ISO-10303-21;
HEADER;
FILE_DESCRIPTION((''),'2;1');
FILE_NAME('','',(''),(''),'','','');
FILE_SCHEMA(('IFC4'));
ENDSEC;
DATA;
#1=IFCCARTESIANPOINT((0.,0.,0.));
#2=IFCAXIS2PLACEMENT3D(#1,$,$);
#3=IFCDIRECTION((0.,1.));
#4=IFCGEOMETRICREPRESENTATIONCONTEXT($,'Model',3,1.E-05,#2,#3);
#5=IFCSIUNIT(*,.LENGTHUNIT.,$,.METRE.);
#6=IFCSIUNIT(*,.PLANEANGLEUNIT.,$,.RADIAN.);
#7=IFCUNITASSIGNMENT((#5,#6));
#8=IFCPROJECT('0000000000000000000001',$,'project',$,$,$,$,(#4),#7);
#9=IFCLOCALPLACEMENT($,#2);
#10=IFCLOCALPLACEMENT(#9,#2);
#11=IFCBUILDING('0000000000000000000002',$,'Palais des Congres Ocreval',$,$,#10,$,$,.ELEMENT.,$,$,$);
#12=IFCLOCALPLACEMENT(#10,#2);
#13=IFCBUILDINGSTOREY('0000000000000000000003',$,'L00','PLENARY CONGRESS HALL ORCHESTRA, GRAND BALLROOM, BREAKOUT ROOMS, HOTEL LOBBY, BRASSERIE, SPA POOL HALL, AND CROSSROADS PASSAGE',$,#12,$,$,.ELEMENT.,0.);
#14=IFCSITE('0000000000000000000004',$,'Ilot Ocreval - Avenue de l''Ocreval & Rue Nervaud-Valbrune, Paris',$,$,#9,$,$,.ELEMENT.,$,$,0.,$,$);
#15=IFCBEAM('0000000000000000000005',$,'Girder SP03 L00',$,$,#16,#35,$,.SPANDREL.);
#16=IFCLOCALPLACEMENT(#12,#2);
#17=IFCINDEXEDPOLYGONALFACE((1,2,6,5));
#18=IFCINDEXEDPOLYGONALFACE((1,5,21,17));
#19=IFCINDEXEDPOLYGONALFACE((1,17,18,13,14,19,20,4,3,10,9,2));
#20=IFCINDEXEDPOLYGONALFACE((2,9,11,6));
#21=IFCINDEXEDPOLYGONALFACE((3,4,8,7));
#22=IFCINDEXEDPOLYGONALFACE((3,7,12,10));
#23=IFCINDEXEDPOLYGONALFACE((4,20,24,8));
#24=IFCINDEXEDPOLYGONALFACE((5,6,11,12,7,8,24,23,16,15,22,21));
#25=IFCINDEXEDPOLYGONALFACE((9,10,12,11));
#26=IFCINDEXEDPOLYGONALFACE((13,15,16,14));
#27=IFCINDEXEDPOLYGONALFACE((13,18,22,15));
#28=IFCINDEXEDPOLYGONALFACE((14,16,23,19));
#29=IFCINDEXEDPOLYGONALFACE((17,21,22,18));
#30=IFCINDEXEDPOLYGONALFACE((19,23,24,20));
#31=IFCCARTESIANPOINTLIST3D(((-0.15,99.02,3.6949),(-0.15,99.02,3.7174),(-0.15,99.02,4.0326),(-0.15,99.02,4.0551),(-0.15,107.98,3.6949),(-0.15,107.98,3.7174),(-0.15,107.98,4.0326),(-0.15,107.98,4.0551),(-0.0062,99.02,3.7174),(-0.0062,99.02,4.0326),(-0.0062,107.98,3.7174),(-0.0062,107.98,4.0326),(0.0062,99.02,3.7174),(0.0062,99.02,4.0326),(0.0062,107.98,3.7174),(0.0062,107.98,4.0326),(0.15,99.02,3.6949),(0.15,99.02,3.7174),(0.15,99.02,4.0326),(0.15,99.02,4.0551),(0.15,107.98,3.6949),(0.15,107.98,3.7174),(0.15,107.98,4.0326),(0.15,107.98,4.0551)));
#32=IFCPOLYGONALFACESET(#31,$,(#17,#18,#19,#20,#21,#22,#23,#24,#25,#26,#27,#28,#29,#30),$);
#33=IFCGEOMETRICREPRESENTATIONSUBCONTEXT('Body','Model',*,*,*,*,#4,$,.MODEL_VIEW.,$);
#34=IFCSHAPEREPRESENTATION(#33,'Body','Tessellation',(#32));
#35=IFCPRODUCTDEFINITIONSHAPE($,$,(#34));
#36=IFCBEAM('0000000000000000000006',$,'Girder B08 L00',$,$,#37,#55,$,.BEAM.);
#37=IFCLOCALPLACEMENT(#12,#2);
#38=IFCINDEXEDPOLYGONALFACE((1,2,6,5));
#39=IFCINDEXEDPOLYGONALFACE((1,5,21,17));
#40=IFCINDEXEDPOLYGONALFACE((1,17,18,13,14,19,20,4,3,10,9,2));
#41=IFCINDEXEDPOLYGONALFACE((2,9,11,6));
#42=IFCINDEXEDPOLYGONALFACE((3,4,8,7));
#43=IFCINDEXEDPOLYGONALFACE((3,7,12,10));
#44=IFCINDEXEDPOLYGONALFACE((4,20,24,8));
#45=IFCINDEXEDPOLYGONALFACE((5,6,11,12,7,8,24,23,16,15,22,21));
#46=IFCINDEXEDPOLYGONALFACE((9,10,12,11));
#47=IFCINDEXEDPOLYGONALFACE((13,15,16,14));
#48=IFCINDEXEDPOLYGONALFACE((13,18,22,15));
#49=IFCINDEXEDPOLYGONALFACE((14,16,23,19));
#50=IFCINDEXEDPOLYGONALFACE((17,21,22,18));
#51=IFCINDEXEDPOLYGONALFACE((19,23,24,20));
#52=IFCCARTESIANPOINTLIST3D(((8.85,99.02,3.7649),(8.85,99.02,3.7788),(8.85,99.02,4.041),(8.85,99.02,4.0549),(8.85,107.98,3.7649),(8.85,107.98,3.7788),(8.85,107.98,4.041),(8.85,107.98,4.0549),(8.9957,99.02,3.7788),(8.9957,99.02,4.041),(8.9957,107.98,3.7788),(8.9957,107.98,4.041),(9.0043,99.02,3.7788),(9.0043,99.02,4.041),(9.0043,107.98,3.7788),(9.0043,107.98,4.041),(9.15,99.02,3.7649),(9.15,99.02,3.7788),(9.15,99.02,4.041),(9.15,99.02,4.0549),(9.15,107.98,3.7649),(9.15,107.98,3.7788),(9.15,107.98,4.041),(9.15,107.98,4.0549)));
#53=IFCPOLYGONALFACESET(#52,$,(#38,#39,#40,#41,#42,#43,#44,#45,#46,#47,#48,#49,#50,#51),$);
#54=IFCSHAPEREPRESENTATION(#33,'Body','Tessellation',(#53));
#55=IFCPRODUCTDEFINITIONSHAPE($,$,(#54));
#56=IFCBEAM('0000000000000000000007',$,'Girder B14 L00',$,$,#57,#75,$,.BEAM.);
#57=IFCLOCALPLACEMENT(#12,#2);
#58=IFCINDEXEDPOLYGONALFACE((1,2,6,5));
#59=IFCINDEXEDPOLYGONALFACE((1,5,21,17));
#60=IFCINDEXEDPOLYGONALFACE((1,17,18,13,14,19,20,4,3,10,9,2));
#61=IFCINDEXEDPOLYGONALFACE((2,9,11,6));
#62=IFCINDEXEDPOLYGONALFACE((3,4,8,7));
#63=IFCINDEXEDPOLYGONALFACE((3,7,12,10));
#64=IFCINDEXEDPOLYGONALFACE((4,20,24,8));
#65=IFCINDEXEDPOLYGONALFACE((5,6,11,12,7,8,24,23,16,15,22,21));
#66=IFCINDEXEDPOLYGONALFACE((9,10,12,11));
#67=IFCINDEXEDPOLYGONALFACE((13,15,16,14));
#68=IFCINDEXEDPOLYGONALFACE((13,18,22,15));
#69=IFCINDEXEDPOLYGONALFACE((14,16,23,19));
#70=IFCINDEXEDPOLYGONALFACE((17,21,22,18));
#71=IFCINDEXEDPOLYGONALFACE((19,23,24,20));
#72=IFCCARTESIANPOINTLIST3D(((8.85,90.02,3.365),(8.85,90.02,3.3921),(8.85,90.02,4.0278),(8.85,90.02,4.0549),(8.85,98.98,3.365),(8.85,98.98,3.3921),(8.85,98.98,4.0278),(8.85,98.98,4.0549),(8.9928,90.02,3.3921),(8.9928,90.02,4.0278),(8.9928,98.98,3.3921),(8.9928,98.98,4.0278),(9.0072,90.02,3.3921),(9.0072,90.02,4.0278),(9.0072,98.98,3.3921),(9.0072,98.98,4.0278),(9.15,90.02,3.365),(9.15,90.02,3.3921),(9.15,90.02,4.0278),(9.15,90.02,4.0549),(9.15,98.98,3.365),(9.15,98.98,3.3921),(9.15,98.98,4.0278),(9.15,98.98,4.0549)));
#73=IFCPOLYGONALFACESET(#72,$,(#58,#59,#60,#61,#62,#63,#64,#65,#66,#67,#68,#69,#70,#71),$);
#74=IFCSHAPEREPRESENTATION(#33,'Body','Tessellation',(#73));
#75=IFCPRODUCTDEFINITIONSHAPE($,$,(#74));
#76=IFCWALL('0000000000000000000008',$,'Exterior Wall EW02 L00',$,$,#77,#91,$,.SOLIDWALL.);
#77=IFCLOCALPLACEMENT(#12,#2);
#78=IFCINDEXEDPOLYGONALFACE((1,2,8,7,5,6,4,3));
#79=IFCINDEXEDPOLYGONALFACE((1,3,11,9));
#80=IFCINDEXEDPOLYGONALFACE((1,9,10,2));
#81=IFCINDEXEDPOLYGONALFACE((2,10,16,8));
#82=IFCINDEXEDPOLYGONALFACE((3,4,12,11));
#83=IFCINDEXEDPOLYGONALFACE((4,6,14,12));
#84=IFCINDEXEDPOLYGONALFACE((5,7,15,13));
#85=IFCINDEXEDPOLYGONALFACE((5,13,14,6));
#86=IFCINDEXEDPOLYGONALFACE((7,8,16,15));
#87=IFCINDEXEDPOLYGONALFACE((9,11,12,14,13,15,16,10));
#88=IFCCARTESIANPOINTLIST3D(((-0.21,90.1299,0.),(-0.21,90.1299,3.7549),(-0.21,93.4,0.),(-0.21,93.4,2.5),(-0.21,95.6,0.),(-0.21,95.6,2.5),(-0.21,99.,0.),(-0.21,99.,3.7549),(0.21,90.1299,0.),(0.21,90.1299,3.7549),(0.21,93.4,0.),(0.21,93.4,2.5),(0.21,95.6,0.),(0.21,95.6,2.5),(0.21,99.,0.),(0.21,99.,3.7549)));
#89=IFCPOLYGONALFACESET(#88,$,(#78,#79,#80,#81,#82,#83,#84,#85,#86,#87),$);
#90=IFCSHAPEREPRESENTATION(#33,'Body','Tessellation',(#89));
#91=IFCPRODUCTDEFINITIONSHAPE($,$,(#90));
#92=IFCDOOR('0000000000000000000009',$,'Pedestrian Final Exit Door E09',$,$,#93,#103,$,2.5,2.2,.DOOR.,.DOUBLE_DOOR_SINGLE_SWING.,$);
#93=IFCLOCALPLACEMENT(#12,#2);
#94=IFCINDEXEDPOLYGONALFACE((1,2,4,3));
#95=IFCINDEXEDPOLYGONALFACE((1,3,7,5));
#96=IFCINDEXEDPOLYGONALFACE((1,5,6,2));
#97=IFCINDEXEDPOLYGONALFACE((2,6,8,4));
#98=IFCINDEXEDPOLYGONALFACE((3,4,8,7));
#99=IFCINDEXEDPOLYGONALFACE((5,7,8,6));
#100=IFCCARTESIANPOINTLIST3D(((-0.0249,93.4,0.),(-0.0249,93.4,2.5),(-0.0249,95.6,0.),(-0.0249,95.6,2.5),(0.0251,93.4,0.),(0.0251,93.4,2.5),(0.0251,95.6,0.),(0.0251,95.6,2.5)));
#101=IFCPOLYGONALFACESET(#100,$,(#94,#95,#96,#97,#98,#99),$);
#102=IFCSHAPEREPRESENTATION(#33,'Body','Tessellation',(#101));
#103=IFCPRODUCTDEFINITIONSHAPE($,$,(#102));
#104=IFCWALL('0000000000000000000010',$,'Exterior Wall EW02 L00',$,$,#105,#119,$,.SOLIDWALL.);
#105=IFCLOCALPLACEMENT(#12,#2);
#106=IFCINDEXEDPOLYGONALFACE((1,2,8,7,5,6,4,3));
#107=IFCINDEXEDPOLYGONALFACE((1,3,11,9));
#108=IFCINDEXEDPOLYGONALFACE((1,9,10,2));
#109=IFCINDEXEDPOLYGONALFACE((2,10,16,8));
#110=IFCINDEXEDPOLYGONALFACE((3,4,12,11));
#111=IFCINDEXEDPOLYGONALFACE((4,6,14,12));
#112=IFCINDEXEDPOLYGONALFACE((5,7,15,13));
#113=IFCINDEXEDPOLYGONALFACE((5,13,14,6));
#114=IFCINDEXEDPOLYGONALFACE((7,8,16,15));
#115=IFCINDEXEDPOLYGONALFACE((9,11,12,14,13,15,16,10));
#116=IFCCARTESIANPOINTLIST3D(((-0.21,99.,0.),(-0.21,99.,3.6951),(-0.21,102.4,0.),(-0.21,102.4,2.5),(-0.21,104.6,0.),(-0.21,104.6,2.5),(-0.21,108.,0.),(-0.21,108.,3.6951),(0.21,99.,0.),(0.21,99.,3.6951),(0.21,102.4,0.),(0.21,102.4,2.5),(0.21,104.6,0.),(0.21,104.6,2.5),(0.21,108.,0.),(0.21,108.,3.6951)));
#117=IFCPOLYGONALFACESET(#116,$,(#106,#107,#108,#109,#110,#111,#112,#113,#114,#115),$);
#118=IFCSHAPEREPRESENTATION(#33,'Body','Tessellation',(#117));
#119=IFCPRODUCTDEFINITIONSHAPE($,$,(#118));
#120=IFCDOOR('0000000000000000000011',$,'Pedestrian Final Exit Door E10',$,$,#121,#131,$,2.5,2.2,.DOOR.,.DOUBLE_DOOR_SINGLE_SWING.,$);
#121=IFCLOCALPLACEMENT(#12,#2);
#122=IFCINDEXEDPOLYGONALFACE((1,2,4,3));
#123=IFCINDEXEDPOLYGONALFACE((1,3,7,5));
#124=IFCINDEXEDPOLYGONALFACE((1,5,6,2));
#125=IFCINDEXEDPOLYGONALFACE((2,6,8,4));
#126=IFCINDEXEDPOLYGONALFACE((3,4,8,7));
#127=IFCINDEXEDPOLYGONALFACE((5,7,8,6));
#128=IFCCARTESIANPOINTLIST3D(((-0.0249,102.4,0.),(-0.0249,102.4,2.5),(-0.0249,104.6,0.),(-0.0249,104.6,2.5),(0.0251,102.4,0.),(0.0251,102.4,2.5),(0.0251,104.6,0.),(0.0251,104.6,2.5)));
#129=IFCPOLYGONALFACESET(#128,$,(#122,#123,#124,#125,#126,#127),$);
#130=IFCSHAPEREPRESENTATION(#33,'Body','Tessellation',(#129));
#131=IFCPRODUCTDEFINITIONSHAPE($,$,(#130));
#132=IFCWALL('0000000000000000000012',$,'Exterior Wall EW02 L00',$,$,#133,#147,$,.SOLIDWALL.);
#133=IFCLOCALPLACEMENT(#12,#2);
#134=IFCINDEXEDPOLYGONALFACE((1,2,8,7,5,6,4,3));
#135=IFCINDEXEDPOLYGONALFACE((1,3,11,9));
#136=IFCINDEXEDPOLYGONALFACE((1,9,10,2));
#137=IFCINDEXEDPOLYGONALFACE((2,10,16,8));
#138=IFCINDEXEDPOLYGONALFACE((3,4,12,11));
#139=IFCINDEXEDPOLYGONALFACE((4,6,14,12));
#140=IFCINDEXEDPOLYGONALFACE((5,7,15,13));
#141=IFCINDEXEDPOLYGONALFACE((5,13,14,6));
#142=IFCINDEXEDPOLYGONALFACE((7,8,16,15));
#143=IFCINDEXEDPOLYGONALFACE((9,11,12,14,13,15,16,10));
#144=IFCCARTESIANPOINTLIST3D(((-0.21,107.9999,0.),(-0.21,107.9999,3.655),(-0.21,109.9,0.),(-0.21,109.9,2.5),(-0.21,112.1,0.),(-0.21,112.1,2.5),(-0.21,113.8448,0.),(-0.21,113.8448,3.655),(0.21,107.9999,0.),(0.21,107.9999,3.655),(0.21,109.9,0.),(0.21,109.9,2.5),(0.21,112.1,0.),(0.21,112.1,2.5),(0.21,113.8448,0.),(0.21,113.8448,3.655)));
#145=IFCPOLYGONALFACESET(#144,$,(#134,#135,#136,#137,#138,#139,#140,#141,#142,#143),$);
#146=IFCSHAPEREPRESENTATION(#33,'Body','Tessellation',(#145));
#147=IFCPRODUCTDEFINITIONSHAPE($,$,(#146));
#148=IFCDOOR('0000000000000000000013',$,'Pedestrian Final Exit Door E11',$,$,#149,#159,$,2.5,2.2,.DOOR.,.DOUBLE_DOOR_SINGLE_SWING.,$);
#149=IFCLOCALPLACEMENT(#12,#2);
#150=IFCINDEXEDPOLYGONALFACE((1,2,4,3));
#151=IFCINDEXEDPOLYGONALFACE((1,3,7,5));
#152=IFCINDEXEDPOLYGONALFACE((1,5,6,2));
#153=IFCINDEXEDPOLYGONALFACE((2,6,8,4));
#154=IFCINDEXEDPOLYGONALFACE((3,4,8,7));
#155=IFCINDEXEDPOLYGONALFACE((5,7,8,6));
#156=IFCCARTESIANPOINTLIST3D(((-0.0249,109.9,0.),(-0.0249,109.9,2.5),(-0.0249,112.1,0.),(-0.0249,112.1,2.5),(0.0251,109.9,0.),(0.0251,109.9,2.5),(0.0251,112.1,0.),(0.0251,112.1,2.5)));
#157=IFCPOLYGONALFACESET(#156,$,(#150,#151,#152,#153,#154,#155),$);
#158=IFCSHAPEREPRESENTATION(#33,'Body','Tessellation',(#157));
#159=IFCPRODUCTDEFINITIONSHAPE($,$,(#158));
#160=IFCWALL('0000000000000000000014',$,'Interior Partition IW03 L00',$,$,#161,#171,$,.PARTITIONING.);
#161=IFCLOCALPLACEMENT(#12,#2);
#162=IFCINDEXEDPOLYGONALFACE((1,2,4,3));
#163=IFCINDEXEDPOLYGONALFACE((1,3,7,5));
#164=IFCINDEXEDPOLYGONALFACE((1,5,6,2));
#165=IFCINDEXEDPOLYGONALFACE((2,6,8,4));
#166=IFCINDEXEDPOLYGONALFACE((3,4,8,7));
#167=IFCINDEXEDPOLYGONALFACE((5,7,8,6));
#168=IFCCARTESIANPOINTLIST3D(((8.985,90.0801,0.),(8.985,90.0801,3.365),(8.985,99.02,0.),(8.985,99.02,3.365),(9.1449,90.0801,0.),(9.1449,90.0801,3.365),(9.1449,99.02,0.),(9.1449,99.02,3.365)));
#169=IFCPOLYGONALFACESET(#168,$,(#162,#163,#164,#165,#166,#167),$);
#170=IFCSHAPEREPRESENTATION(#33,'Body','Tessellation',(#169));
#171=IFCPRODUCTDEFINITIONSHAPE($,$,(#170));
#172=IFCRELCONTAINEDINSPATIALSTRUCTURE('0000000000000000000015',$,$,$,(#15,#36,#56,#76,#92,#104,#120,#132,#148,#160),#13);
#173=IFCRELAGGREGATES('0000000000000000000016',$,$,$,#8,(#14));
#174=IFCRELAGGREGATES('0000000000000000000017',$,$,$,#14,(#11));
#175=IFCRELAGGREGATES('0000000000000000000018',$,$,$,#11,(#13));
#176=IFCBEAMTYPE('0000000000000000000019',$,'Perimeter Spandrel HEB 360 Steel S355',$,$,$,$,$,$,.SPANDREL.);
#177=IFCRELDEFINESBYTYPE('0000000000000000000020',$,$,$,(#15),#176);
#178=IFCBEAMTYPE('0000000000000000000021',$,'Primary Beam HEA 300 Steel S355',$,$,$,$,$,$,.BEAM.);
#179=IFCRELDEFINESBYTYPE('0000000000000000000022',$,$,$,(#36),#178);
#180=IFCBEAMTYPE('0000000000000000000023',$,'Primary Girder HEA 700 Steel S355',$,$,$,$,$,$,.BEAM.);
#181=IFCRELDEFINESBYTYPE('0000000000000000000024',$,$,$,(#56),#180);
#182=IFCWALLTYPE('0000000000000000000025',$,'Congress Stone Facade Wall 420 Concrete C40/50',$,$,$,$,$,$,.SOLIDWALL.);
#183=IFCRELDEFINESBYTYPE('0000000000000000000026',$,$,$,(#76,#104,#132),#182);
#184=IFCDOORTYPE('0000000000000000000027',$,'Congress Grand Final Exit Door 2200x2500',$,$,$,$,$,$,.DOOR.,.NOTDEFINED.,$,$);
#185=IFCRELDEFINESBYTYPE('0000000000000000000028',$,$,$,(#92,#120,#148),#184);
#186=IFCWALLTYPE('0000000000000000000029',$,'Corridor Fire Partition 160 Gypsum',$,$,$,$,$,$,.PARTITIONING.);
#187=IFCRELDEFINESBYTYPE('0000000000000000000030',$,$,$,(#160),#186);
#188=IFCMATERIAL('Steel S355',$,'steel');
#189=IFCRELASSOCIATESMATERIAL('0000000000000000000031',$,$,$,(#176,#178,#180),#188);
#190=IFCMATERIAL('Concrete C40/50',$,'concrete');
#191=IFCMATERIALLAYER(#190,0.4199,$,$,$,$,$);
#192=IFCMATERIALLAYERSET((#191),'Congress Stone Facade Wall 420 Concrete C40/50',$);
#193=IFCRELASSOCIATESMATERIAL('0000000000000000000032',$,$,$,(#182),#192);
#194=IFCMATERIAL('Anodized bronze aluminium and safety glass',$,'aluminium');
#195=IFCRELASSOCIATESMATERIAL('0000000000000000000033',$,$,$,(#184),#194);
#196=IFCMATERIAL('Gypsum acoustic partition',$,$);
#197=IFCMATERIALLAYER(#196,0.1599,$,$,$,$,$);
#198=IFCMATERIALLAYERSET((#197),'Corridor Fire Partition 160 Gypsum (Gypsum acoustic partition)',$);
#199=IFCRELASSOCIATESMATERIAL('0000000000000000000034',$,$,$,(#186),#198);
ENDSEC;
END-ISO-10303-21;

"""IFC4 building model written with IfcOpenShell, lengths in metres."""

from ifc_helpers import new_model, si_unit, direction, frame, frame_2d, origin, origin_2d, place, context, subcontext, project, spatial, rectangle, i_section, extrude, material, layer, layer_set, material_profile, profile_set, type_object, element, fill, save


model = new_model("IFC4")

# Units and contexts
model_context = context("Model", 3, precision=1e-05, world=origin(), true_north=direction((0.0, 1.0)))
body_context = subcontext(model_context, "Body", "Model", "MODEL_VIEW")
ifc_project = project(units=[si_unit("LENGTHUNIT", "METRE"), si_unit("PLANEANGLEUNIT", "RADIAN")], contexts=[model_context])

# Site, building, storey
site_placement = place(None, origin())
site = spatial("IfcSite", under=ifc_project, at=site_placement, Name="Ilot Ocreval - Avenue de l'Ocreval & Rue Nervaud-Valbrune, Paris", CompositionType="ELEMENT", RefElevation=0.0)
building_placement = place(site_placement, origin())
building = spatial("IfcBuilding", under=site, at=building_placement, Name="Palais des Congres Ocreval", CompositionType="ELEMENT")
storey_placement = place(building_placement, origin())
storey = spatial("IfcBuildingStorey", under=building, at=storey_placement, Name="L00", Description="PLENARY CONGRESS HALL ORCHESTRA, GRAND BALLROOM, BREAKOUT ROOMS, HOTEL LOBBY, BRASSERIE, SPA POOL HALL, AND CROSSROADS PASSAGE", CompositionType="ELEMENT", Elevation=0.0)

# Shared definitions
ifc_material_1 = material(Name="Steel S355", Category="steel")

# Beams
ifc_material_profile_1 = material_profile(ifc_material_1, i_section(OverallWidth=0.3, OverallDepth=0.3601, WebThickness=0.0125, FlangeThickness=0.0225, at=origin_2d()), Name="HEB 360")
ifc_profile_set_1 = profile_set([ifc_material_profile_1], Name="Steel S355")
beam_type_1 = type_object("IfcBeamType", Name="Perimeter Spandrel HEB 360 Steel S355", PredefinedType="SPANDREL", material=ifc_profile_set_1)
beam_1_placement = place(storey_placement, frame((0.0, 99.02, 3.875), z_axis=(0.0, 1.0, 0.0), x_axis=(-1.0, 0.0, 0.0)))
element("IfcBeam", 1, at=beam_1_placement, inside=storey, type_object=beam_type_1, Name="Girder SP03 L00", PredefinedType="SPANDREL", context=body_context, shape_type="SweptSolid", body=[
    extrude(i_section(OverallWidth=0.3, OverallDepth=0.3601, WebThickness=0.0125, FlangeThickness=0.0225, at=origin_2d()), origin(), (0.0, 0.0, 1.0), 8.96),
])
ifc_material_profile_2 = material_profile(ifc_material_1, i_section(OverallWidth=0.3, OverallDepth=0.29, WebThickness=0.0085, FlangeThickness=0.0139, at=origin_2d()), Name="HEA 300")
ifc_profile_set_2 = profile_set([ifc_material_profile_2], Name="Steel S355")
beam_type_2 = type_object("IfcBeamType", Name="Primary Beam HEA 300 Steel S355", PredefinedType="BEAM", material=ifc_profile_set_2)
beam_2_placement = place(storey_placement, frame((9.0, 99.02, 3.9099), z_axis=(0.0, 1.0, 0.0), x_axis=(-1.0, 0.0, 0.0)))
element("IfcBeam", 2, at=beam_2_placement, inside=storey, type_object=beam_type_2, Name="Girder B08 L00", PredefinedType="BEAM", context=body_context, shape_type="SweptSolid", body=[
    extrude(i_section(OverallWidth=0.3, OverallDepth=0.29, WebThickness=0.0085, FlangeThickness=0.0139, at=origin_2d()), origin(), (0.0, 0.0, 1.0), 8.96),
])
ifc_material_profile_3 = material_profile(ifc_material_1, i_section(OverallWidth=0.3, OverallDepth=0.6899, WebThickness=0.0144, FlangeThickness=0.0271, at=origin_2d()), Name="HEA 700")
ifc_profile_set_3 = profile_set([ifc_material_profile_3], Name="Steel S355")
beam_type_3 = type_object("IfcBeamType", Name="Primary Girder HEA 700 Steel S355", PredefinedType="BEAM", material=ifc_profile_set_3)
beam_3_placement = place(storey_placement, frame((9.0, 90.02, 3.71), z_axis=(0.0, 1.0, 0.0), x_axis=(-1.0, 0.0, 0.0)))
element("IfcBeam", 3, at=beam_3_placement, inside=storey, type_object=beam_type_3, Name="Girder B14 L00", PredefinedType="BEAM", context=body_context, shape_type="SweptSolid", body=[
    extrude(i_section(OverallWidth=0.3, OverallDepth=0.6899, WebThickness=0.0144, FlangeThickness=0.0271, at=origin_2d()), origin(), (0.0, 0.0, 1.0), 8.96),
])

# Walls, openings, doors
ifc_material_2 = material(Name="Concrete C40/50", Category="concrete")
ifc_layer_1 = layer(ifc_material_2, 0.4199)
ifc_layer_set_1 = layer_set([ifc_layer_1], Name="Congress Stone Facade Wall 420 Concrete C40/50")
wall_type_1 = type_object("IfcWallType", Name="Congress Stone Facade Wall 420 Concrete C40/50", PredefinedType="SOLIDWALL", material=ifc_layer_set_1)
wall_1_placement = place(storey_placement, frame((0.0, 90.1299, 0.0), z_axis=(0.0, 0.0, 1.0), x_axis=(0.0, 1.0, 0.0)))
wall_1 = element("IfcWall", 4, at=wall_1_placement, inside=storey, type_object=wall_type_1, Name="Exterior Wall EW02 L00", PredefinedType="SOLIDWALL", context=body_context, shape_type="SweptSolid", body=[
    extrude(rectangle(XDim=8.8701, YDim=0.4199, at=frame_2d((4.4351, 0.0))), origin(), (0.0, 0.0, 1.0), 3.7549),
])
opening_1_placement = place(wall_1_placement, frame((3.27, 0.0, 0.0)))
opening_1 = element("IfcOpeningElement", 5, at=opening_1_placement, cuts=wall_1, PredefinedType="OPENING", context=body_context, shape_type="SweptSolid", body=[
    extrude(rectangle(XDim=2.2, YDim=2.5, at=frame_2d((1.1001, 1.25))), frame((0.0, 0.22, 0.0), z_axis=(0.0, -1.0, 0.0), x_axis=(1.0, 0.0, 0.0)), (0.0, 0.0, 1.0), 0.4399),
])
ifc_material_3 = material(Name="Anodized bronze aluminium and safety glass", Category="aluminium")
door_type_1 = type_object("IfcDoorType", Name="Congress Grand Final Exit Door 2200x2500", OperationType="NOTDEFINED", PredefinedType="DOOR", material=ifc_material_3)
door_1_placement = place(opening_1_placement, origin())
door_1 = element("IfcDoor", 6, at=door_1_placement, inside=storey, type_object=door_type_1, Name="Pedestrian Final Exit Door E09", OperationType="DOUBLE_DOOR_SINGLE_SWING", OverallHeight=2.5, OverallWidth=2.2, PredefinedType="DOOR", context=body_context, shape_type="SweptSolid", body=[
    extrude(rectangle(XDim=2.2, YDim=2.5, at=frame_2d((1.1001, 1.25))), frame((0.0, 0.0249, 0.0), z_axis=(0.0, -1.0, 0.0), x_axis=(1.0, 0.0, 0.0)), (0.0, 0.0, 1.0), 0.05),
])
fill(opening_1, door_1)
wall_2_placement = place(storey_placement, frame((0.0, 99.0, 0.0), z_axis=(0.0, 0.0, 1.0), x_axis=(0.0, 1.0, 0.0)))
wall_2 = element("IfcWall", 7, at=wall_2_placement, inside=storey, type_object=wall_type_1, Name="Exterior Wall EW02 L00", PredefinedType="SOLIDWALL", context=body_context, shape_type="SweptSolid", body=[
    extrude(rectangle(XDim=9.0, YDim=0.4199, at=frame_2d((4.5, 0.0))), origin(), (0.0, 0.0, 1.0), 3.6951),
])
opening_2_placement = place(wall_2_placement, frame((3.3999, 0.0, 0.0)))
opening_2 = element("IfcOpeningElement", 8, at=opening_2_placement, cuts=wall_2, PredefinedType="OPENING", context=body_context, shape_type="SweptSolid", body=[
    extrude(rectangle(XDim=2.2, YDim=2.5, at=frame_2d((1.1001, 1.25))), frame((0.0, 0.22, 0.0), z_axis=(0.0, -1.0, 0.0), x_axis=(1.0, 0.0, 0.0)), (0.0, 0.0, 1.0), 0.4399),
])
door_2_placement = place(opening_2_placement, origin())
door_2 = element("IfcDoor", 9, at=door_2_placement, inside=storey, type_object=door_type_1, Name="Pedestrian Final Exit Door E10", OperationType="DOUBLE_DOOR_SINGLE_SWING", OverallHeight=2.5, OverallWidth=2.2, PredefinedType="DOOR", context=body_context, shape_type="SweptSolid", body=[
    extrude(rectangle(XDim=2.2, YDim=2.5, at=frame_2d((1.1001, 1.25))), frame((0.0, 0.0249, 0.0), z_axis=(0.0, -1.0, 0.0), x_axis=(1.0, 0.0, 0.0)), (0.0, 0.0, 1.0), 0.05),
])
fill(opening_2, door_2)
wall_3_placement = place(storey_placement, frame((0.0, 108.0, 0.0), z_axis=(0.0, 0.0, 1.0), x_axis=(0.0, 1.0, 0.0)))
wall_3 = element("IfcWall", 10, at=wall_3_placement, inside=storey, type_object=wall_type_1, Name="Exterior Wall EW02 L00", PredefinedType="SOLIDWALL", context=body_context, shape_type="SweptSolid", body=[
    extrude(rectangle(XDim=5.845, YDim=0.4199, at=frame_2d((2.9224, 0.0))), origin(), (0.0, 0.0, 1.0), 3.655),
])
opening_3_placement = place(wall_3_placement, frame((1.8999, 0.0, 0.0)))
opening_3 = element("IfcOpeningElement", 11, at=opening_3_placement, cuts=wall_3, PredefinedType="OPENING", context=body_context, shape_type="SweptSolid", body=[
    extrude(rectangle(XDim=2.2, YDim=2.5, at=frame_2d((1.1001, 1.25))), frame((0.0, 0.22, 0.0), z_axis=(0.0, -1.0, 0.0), x_axis=(1.0, 0.0, 0.0)), (0.0, 0.0, 1.0), 0.4399),
])
door_3_placement = place(opening_3_placement, origin())
door_3 = element("IfcDoor", 12, at=door_3_placement, inside=storey, type_object=door_type_1, Name="Pedestrian Final Exit Door E11", OperationType="DOUBLE_DOOR_SINGLE_SWING", OverallHeight=2.5, OverallWidth=2.2, PredefinedType="DOOR", context=body_context, shape_type="SweptSolid", body=[
    extrude(rectangle(XDim=2.2, YDim=2.5, at=frame_2d((1.1001, 1.25))), frame((0.0, 0.0249, 0.0), z_axis=(0.0, -1.0, 0.0), x_axis=(1.0, 0.0, 0.0)), (0.0, 0.0, 1.0), 0.05),
])
fill(opening_3, door_3)

# Wall
ifc_material_4 = material(Name="Gypsum acoustic partition")
ifc_layer_2 = layer(ifc_material_4, 0.1599)
ifc_layer_set_2 = layer_set([ifc_layer_2], Name="Corridor Fire Partition 160 Gypsum (Gypsum acoustic partition)")
wall_type_2 = type_object("IfcWallType", Name="Corridor Fire Partition 160 Gypsum", PredefinedType="PARTITIONING", material=ifc_layer_set_2)
wall_4_placement = place(storey_placement, frame((9.0649, 90.0801, 0.0), z_axis=(0.0, 0.0, 1.0), x_axis=(0.0, 1.0, 0.0)))
element("IfcWall", 13, at=wall_4_placement, inside=storey, type_object=wall_type_2, Name="Interior Partition IW03 L00", PredefinedType="PARTITIONING", context=body_context, shape_type="SweptSolid", body=[
    extrude(rectangle(XDim=8.9399, YDim=0.1599, at=frame_2d((4.47, 0.0))), origin(), (0.0, 0.0, 1.0), 3.365),
])

save(model, "model.ifc")
